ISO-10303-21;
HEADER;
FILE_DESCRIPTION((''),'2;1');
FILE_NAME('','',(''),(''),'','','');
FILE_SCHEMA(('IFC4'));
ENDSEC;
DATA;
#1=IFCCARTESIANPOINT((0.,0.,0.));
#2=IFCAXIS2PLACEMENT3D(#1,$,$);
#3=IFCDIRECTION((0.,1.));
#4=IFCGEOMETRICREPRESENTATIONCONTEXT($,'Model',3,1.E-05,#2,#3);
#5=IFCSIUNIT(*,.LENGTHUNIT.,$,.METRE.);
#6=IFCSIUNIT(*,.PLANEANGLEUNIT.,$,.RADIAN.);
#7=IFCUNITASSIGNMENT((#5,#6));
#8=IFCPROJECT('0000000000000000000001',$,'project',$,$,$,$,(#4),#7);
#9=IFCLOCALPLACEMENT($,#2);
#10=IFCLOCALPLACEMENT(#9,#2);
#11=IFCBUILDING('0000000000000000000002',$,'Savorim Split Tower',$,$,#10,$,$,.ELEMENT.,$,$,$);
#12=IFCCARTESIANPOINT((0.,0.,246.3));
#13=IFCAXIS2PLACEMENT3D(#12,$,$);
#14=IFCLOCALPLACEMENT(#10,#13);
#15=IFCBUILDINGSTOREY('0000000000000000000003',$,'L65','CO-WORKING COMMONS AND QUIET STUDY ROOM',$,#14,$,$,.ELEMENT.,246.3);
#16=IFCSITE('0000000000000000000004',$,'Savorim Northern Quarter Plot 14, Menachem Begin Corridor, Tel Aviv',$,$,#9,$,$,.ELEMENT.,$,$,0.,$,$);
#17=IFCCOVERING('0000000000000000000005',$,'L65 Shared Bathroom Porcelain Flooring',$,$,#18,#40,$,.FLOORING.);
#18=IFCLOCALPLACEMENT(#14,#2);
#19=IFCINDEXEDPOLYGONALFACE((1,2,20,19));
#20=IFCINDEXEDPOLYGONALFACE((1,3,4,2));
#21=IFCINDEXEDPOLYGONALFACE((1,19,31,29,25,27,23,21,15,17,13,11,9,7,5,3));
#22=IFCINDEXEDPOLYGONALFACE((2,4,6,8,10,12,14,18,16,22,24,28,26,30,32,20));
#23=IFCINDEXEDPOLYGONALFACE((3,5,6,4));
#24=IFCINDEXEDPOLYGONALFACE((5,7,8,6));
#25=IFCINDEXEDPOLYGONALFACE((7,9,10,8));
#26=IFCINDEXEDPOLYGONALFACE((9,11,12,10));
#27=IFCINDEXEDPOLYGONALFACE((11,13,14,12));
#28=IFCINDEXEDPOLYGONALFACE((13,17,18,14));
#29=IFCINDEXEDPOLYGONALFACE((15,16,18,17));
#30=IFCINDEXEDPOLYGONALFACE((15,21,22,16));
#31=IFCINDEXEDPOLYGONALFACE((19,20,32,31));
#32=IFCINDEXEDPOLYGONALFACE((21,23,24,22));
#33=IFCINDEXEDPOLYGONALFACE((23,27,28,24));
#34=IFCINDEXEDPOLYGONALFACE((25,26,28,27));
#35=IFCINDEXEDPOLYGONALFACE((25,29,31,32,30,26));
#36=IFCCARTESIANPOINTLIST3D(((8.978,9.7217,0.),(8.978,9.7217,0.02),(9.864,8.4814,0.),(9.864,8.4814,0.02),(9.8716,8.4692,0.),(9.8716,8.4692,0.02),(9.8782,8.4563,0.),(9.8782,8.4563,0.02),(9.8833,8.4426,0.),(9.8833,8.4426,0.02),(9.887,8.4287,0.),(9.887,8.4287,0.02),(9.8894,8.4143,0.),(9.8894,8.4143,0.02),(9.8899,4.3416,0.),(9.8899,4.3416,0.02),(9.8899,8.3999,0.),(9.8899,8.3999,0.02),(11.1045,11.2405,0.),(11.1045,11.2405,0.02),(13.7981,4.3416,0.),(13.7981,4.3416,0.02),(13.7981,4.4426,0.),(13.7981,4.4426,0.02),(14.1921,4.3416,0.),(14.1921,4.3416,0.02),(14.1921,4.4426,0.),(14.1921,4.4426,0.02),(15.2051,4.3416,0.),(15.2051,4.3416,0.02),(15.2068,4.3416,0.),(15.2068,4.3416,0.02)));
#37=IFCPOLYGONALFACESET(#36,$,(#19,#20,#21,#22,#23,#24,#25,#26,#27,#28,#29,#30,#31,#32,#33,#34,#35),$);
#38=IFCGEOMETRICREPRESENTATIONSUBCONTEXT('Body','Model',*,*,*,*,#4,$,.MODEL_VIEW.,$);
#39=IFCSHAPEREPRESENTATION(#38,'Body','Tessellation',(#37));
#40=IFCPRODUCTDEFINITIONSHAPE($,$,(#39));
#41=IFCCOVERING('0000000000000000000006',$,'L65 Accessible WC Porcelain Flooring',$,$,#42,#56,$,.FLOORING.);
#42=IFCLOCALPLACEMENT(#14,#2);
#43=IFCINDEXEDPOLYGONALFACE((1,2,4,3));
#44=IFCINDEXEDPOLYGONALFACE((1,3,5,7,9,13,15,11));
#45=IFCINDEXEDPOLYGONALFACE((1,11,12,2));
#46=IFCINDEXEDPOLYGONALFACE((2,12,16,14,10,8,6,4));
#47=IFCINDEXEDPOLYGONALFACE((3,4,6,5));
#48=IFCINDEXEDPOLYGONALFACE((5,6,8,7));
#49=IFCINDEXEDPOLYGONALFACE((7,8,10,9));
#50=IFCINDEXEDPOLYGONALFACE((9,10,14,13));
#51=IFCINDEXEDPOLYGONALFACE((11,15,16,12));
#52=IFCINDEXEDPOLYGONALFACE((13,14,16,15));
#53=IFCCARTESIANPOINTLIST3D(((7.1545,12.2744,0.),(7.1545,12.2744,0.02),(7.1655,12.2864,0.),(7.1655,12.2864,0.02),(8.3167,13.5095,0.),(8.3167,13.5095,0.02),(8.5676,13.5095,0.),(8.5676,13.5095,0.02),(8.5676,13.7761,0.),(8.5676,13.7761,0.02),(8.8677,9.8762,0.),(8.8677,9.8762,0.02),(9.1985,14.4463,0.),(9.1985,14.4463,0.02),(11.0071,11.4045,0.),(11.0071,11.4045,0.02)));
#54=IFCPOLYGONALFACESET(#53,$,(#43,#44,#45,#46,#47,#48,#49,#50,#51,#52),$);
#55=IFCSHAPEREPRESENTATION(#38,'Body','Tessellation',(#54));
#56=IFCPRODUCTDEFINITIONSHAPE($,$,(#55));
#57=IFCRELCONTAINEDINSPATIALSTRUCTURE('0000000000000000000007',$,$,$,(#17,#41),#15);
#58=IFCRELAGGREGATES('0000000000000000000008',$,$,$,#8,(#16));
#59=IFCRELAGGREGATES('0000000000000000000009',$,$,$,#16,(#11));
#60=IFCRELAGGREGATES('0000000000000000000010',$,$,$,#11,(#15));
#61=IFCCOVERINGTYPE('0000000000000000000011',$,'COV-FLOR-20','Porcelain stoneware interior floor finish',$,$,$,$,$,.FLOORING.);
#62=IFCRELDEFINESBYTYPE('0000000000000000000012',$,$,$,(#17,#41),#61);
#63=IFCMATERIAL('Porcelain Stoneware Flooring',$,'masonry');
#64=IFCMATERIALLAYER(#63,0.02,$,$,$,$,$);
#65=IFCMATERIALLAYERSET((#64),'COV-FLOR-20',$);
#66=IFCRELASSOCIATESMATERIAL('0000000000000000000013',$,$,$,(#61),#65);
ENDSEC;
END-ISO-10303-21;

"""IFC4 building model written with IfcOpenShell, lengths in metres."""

from ifc_helpers import new_model, si_unit, direction, frame, origin, place, context, subcontext, project, spatial, polyline, outline, extrude, material, layer, layer_set, type_object, element, save


model = new_model("IFC4")

# Units and contexts
model_context = context("Model", 3, precision=1e-05, world=origin(), true_north=direction((0.0, 1.0)))
body_context = subcontext(model_context, "Body", "Model", "MODEL_VIEW")
ifc_project = project(units=[si_unit("LENGTHUNIT", "METRE"), si_unit("PLANEANGLEUNIT", "RADIAN")], contexts=[model_context])

# Site, building, storey
site_placement = place(None, origin())
site = spatial("IfcSite", under=ifc_project, at=site_placement, Name="Savorim Northern Quarter Plot 14, Menachem Begin Corridor, Tel Aviv", CompositionType="ELEMENT", RefElevation=0.0)
building_placement = place(site_placement, origin())
building = spatial("IfcBuilding", under=site, at=building_placement, Name="Savorim Split Tower", CompositionType="ELEMENT")
storey_placement = place(building_placement, frame((0.0, 0.0, 246.3)))
storey = spatial("IfcBuildingStorey", under=building, at=storey_placement, Name="L65", Description="CO-WORKING COMMONS AND QUIET STUDY ROOM", CompositionType="ELEMENT", Elevation=246.3)

# Coverings
ifc_material_1 = material(Name="Porcelain Stoneware Flooring", Category="masonry")
ifc_layer_1 = layer(ifc_material_1, 0.02)
ifc_layer_set_1 = layer_set([ifc_layer_1], Name="COV-FLOR-20")
covering_type_1 = type_object("IfcCoveringType", Name="COV-FLOR-20", Description="Porcelain stoneware interior floor finish", PredefinedType="FLOORING", material=ifc_layer_set_1)
covering_1_placement = place(storey_placement, origin())
element("IfcCovering", 1, at=covering_1_placement, inside=storey, type_object=covering_type_1, Name="L65 Shared Bathroom Porcelain Flooring", PredefinedType="FLOORING", context=body_context, shape_type="SweptSolid", body=[
    extrude(outline(polyline([(14.1921, 4.4426), (14.1921, 4.3416), (15.2051, 4.3416), (15.2068, 4.3416), (11.1045, 11.2405), (8.978, 9.7217), (9.864, 8.4814), (9.8716, 8.4692), (9.8782, 8.4563), (9.8833, 8.4426), (9.887, 8.4287), (9.8894, 8.4143), (9.8899, 8.3999), (9.8899, 4.3416), (13.7981, 4.3416), (13.7981, 4.4426), (14.1921, 4.4426)])), origin(), (0.0, 0.0, 1.0), 0.02),
])
covering_2_placement = place(storey_placement, origin())
element("IfcCovering", 2, at=covering_2_placement, inside=storey, type_object=covering_type_1, Name="L65 Accessible WC Porcelain Flooring", PredefinedType="FLOORING", context=body_context, shape_type="SweptSolid", body=[
    extrude(outline(polyline([(8.3167, 13.5095), (7.1655, 12.2864), (7.1545, 12.2744), (8.8677, 9.8762), (11.0071, 11.4045), (9.1985, 14.4463), (8.5676, 13.7761), (8.5676, 13.5095), (8.3167, 13.5095)])), origin(), (0.0, 0.0, 1.0), 0.02),
])

save(model, "model.ifc")
